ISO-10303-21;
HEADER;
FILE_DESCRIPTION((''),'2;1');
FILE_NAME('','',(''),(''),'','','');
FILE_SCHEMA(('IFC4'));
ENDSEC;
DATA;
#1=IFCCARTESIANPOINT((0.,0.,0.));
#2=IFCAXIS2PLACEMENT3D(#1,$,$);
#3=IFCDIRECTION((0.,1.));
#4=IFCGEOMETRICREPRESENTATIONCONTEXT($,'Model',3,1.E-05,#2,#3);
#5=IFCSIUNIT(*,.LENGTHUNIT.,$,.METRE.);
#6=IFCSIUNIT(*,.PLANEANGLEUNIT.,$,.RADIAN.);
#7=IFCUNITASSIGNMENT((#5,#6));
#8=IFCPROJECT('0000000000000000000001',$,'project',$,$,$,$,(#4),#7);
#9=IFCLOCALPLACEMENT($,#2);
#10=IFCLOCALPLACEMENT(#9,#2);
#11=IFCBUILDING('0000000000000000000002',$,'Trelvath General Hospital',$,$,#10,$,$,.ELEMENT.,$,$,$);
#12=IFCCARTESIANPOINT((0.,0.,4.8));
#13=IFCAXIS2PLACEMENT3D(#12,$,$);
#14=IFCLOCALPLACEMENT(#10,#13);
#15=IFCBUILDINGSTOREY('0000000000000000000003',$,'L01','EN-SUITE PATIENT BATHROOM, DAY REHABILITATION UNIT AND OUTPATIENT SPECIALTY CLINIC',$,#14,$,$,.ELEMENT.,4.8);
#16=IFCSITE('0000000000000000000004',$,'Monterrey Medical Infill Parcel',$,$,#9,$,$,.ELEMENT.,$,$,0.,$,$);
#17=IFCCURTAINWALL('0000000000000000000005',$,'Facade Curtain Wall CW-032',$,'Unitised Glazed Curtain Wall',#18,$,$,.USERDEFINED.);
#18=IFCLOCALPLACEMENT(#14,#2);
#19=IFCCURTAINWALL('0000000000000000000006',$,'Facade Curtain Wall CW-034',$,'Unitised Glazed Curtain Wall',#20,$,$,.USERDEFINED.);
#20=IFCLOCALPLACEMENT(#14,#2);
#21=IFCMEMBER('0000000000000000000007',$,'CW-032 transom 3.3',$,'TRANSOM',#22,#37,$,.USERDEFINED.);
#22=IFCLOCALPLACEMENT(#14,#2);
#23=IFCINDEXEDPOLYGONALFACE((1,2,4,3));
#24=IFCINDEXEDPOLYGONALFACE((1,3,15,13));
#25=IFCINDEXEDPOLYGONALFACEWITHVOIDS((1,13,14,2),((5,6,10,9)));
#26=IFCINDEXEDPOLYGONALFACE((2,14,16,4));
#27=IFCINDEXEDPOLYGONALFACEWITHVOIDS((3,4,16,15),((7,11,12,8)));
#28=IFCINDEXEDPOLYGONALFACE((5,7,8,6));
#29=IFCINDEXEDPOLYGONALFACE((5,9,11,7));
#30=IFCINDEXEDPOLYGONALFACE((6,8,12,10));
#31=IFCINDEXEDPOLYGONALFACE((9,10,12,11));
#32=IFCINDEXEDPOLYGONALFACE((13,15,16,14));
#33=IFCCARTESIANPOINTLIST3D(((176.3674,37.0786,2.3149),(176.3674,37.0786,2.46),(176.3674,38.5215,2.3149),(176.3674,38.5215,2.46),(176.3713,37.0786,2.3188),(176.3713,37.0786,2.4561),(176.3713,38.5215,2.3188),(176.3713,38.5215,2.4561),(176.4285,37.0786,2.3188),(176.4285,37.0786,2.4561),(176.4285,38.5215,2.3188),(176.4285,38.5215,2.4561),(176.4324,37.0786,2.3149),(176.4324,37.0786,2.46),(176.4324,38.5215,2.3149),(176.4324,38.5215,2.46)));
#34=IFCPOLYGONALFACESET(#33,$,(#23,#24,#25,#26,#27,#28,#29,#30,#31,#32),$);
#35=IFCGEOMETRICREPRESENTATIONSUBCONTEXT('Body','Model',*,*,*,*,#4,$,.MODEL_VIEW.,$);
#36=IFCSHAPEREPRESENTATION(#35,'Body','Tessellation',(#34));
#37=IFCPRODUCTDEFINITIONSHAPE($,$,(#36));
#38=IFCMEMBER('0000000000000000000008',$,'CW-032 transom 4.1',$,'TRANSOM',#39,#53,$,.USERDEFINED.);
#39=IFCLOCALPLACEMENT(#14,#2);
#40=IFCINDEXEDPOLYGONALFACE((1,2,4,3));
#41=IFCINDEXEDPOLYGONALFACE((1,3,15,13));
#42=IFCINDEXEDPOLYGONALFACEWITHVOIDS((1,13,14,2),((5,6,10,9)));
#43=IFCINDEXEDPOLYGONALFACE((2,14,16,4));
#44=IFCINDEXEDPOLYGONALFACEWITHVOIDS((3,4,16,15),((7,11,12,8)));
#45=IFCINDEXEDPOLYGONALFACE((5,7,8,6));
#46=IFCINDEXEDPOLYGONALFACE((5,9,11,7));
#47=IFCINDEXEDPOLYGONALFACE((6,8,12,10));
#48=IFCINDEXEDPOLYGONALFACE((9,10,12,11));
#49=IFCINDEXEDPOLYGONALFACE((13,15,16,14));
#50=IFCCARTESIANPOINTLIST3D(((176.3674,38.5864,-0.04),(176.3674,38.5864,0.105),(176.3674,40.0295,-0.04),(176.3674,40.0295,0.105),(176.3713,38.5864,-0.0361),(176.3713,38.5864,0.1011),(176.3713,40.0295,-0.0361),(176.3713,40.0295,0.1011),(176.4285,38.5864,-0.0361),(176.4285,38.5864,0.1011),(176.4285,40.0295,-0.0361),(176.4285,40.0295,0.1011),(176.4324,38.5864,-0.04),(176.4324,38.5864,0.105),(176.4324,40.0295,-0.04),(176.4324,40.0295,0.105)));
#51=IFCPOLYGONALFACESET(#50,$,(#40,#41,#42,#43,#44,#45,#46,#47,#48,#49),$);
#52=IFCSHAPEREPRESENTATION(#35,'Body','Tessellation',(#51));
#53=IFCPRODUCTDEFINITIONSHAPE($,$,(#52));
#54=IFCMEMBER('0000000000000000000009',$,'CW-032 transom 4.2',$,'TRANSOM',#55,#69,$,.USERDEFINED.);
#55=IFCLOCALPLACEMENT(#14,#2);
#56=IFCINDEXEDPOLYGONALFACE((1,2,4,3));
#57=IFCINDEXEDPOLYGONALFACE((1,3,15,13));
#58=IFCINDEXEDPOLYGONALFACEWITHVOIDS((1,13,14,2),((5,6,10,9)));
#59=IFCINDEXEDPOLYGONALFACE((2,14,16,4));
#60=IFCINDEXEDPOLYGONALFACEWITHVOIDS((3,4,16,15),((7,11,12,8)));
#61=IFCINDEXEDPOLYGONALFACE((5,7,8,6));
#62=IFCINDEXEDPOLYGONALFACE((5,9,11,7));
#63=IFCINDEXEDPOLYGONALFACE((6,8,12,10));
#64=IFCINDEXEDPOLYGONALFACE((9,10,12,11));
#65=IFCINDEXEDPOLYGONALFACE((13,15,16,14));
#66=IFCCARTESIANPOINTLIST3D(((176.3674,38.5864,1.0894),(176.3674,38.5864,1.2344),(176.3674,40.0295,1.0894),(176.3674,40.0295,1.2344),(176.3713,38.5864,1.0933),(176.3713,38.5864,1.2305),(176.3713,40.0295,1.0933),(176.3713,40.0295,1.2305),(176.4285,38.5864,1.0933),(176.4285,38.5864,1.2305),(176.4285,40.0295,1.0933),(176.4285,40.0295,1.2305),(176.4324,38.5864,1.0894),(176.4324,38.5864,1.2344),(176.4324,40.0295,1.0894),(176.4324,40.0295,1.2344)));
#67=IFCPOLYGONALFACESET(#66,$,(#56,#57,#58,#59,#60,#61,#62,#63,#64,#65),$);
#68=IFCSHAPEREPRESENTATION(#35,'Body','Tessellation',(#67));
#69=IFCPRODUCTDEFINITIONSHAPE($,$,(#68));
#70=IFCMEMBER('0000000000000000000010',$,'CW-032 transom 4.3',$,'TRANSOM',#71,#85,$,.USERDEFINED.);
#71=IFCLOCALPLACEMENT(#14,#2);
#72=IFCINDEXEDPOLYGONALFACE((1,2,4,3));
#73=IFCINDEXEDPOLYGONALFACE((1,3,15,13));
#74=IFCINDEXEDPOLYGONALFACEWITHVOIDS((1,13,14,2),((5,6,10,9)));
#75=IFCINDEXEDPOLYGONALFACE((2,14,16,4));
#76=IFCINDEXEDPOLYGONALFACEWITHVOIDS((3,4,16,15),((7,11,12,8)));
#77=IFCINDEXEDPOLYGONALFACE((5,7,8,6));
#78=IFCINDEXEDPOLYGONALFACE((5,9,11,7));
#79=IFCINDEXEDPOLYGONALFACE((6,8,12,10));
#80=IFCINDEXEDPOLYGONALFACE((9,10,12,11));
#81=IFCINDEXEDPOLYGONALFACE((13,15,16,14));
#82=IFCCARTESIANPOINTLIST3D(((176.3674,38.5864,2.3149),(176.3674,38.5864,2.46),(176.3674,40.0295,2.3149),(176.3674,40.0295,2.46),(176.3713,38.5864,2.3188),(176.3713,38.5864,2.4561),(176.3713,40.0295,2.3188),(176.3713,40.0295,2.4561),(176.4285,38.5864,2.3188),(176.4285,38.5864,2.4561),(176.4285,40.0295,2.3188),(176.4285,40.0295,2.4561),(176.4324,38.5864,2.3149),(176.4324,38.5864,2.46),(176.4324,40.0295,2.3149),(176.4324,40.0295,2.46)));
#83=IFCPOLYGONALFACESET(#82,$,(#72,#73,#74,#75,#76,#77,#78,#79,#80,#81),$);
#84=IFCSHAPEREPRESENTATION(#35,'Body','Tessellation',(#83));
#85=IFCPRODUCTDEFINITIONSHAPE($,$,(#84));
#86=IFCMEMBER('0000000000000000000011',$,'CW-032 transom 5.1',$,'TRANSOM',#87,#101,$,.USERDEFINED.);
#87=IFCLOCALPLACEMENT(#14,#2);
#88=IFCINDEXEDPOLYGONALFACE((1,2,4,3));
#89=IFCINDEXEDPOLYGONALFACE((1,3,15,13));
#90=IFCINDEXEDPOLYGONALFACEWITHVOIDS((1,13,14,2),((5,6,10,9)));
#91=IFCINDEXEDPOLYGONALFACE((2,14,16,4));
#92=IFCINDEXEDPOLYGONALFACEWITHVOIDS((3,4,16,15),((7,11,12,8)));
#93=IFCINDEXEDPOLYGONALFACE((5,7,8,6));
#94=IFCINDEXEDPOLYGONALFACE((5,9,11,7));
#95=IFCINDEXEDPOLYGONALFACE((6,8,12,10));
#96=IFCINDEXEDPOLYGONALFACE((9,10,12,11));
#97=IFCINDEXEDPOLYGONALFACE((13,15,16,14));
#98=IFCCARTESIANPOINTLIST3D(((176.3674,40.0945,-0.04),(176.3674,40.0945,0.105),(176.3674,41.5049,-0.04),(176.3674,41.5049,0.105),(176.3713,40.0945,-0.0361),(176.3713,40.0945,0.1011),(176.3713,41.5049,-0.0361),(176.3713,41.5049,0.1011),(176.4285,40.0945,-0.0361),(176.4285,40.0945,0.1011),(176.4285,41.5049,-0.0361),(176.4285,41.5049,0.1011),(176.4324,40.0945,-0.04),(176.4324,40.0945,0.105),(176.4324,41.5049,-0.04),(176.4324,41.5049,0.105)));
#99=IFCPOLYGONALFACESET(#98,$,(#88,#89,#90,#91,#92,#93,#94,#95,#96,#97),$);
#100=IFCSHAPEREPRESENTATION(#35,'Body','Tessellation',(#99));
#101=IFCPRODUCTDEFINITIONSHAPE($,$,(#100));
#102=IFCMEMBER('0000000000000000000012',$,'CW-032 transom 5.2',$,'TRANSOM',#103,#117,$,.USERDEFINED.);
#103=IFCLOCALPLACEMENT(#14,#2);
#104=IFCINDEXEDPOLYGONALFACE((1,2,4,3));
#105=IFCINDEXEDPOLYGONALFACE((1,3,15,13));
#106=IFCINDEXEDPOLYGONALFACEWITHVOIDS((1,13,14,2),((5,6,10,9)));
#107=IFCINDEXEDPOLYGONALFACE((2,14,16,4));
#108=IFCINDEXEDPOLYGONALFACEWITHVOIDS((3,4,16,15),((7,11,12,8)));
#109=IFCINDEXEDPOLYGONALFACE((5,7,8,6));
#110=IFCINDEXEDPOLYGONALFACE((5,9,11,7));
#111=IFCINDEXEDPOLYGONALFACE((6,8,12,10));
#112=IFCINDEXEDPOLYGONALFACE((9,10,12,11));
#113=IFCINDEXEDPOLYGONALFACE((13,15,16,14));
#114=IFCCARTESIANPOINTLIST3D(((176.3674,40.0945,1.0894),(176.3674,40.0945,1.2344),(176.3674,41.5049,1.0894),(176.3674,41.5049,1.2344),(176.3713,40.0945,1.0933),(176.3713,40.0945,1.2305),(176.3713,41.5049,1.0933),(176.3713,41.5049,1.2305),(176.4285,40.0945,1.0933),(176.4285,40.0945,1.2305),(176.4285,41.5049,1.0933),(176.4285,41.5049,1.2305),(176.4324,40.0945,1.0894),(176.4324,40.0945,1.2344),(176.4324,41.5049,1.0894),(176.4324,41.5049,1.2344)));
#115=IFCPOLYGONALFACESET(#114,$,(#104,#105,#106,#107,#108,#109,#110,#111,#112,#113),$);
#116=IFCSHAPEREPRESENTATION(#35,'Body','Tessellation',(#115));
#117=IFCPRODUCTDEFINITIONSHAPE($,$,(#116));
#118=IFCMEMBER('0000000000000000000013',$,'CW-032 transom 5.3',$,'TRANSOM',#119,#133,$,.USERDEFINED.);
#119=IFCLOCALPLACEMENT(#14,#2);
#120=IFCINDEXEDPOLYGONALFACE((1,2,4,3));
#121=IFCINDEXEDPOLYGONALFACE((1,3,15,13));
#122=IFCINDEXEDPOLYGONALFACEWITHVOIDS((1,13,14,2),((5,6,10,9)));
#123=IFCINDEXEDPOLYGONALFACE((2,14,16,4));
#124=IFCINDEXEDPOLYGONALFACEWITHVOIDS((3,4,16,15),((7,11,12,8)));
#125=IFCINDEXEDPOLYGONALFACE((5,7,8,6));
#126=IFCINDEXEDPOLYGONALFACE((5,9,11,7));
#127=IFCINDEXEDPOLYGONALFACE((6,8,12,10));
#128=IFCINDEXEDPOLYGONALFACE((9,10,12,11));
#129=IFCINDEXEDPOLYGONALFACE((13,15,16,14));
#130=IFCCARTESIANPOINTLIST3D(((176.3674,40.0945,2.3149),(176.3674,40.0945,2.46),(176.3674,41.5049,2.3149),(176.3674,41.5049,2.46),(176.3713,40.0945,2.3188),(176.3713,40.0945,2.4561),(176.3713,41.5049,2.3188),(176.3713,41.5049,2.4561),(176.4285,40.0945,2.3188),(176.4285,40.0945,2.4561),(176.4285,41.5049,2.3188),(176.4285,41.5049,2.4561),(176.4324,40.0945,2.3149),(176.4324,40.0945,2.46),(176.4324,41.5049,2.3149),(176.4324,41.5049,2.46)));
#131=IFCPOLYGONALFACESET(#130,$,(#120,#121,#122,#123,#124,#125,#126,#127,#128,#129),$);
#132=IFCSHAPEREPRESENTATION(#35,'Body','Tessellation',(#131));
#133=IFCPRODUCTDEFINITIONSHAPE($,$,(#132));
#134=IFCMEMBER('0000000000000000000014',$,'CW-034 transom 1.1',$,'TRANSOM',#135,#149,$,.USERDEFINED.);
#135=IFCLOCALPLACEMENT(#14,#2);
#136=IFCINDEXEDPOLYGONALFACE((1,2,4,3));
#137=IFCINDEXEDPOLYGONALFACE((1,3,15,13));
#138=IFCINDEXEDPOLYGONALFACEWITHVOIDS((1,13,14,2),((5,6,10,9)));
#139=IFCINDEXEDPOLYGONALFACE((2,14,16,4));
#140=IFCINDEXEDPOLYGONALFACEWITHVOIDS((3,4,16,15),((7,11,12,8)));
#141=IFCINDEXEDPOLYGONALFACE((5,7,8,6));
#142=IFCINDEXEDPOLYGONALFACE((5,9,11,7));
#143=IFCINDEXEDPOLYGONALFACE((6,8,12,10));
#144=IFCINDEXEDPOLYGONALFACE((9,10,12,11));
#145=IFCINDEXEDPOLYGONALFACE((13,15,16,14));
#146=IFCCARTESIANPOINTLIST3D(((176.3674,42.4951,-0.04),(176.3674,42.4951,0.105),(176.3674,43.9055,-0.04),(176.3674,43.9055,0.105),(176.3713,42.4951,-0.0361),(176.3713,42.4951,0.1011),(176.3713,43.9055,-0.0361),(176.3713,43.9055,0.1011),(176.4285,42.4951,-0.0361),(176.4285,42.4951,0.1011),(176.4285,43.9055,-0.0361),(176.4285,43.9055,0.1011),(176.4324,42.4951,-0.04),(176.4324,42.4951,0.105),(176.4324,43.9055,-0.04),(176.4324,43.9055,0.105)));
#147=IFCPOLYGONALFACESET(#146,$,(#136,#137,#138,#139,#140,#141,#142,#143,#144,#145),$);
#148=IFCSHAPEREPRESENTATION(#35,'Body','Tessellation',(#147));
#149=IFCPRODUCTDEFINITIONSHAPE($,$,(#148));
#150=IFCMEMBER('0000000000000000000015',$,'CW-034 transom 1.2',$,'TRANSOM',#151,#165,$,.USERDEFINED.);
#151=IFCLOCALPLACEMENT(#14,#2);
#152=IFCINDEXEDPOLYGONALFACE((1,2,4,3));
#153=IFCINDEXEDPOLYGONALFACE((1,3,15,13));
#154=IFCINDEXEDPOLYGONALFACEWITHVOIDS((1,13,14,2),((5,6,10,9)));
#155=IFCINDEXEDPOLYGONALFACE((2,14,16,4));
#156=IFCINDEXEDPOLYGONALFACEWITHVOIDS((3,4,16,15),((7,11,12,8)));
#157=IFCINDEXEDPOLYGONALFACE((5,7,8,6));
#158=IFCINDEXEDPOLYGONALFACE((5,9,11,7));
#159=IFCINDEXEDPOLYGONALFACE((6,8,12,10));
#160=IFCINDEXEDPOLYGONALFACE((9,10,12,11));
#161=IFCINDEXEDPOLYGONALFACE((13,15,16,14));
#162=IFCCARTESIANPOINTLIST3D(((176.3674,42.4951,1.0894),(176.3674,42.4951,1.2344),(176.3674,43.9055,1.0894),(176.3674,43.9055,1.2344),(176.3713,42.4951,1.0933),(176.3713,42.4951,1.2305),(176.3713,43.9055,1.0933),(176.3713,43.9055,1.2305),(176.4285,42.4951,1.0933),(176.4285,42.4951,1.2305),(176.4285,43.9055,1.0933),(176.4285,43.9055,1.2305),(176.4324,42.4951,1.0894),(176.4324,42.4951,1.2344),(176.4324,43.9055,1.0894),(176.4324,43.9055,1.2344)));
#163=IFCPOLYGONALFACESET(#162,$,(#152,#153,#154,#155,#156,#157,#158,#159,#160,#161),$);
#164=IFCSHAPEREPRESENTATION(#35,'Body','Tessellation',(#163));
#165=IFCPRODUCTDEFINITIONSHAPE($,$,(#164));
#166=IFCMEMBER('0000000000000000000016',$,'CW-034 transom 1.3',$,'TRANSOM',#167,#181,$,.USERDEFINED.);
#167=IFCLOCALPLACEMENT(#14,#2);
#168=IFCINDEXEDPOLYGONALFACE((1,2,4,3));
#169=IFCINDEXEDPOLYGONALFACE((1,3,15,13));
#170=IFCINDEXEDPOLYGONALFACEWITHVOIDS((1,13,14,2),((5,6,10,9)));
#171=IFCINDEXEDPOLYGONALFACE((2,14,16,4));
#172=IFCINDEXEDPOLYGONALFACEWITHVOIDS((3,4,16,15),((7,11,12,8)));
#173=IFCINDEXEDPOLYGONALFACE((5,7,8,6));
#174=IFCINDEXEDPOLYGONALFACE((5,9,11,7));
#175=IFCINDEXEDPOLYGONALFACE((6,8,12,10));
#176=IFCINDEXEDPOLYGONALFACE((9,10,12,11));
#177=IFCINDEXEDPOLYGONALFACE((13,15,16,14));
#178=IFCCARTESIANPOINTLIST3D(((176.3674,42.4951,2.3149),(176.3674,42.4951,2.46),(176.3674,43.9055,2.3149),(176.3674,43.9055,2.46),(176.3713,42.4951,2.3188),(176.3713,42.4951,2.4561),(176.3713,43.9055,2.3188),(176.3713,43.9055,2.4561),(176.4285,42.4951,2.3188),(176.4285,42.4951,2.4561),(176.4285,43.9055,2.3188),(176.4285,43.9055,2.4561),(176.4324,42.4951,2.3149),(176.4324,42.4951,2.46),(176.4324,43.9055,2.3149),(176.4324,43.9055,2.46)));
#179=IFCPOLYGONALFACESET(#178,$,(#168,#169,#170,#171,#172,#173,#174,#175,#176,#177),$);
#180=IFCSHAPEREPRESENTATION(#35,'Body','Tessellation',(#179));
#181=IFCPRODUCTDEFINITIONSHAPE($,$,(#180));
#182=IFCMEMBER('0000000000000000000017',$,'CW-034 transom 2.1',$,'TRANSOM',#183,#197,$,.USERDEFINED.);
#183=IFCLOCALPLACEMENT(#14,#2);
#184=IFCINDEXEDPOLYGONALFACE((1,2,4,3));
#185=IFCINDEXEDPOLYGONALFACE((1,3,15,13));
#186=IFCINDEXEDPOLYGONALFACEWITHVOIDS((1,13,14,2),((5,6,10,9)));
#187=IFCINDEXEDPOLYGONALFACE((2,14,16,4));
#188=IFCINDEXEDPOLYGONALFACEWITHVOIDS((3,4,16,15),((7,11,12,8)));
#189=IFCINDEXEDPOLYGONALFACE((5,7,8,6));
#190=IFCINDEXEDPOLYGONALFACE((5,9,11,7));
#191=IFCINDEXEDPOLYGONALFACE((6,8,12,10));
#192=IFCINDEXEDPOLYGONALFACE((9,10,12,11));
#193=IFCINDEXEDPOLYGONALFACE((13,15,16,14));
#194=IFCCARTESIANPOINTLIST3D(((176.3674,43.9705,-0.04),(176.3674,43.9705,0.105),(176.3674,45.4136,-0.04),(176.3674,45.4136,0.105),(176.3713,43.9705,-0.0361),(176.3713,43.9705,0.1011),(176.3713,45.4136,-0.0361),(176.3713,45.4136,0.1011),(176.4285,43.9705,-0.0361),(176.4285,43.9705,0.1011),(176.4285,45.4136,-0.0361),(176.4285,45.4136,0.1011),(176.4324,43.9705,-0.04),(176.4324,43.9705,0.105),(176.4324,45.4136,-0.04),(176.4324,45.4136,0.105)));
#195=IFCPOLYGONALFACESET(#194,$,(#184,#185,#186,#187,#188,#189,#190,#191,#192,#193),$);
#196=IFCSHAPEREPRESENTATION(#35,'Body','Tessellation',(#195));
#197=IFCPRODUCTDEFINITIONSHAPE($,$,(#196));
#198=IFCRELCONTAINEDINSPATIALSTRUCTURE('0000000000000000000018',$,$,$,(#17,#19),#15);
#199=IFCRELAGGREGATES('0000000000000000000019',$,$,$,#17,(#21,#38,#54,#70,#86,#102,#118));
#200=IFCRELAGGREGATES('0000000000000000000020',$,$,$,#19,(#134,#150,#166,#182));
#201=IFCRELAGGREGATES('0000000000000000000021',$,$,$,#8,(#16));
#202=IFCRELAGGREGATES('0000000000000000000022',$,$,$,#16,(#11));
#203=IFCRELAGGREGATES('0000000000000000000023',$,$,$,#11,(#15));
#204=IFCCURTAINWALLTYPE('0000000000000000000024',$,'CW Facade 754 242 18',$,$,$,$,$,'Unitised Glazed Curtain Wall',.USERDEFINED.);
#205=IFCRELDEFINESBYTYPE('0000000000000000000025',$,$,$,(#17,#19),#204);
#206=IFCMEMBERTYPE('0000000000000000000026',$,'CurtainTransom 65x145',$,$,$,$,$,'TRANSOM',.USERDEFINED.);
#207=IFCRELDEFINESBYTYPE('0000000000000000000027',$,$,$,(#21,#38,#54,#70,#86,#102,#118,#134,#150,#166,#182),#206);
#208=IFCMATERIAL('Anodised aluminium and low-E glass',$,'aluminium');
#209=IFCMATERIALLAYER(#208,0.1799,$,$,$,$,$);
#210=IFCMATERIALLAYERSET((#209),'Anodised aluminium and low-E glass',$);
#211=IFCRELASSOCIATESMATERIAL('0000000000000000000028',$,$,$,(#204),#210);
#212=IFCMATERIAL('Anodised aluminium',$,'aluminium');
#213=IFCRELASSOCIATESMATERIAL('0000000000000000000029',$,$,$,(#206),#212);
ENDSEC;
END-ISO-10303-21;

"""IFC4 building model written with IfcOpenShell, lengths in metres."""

from ifc_helpers import new_model, si_unit, direction, frame, origin, origin_2d, place, context, subcontext, project, spatial, hollow_rectangle, extrude, material, layer, layer_set, material_profile, profile_set, type_object, element, aggregate, save


model = new_model("IFC4")

# Units and contexts
model_context = context("Model", 3, precision=1e-05, world=origin(), true_north=direction((0.0, 1.0)))
body_context = subcontext(model_context, "Body", "Model", "MODEL_VIEW")
ifc_project = project(units=[si_unit("LENGTHUNIT", "METRE"), si_unit("PLANEANGLEUNIT", "RADIAN")], contexts=[model_context])

# Site, building, storey
site_placement = place(None, origin())
site = spatial("IfcSite", under=ifc_project, at=site_placement, Name="Monterrey Medical Infill Parcel", CompositionType="ELEMENT", RefElevation=0.0)
building_placement = place(site_placement, origin())
building = spatial("IfcBuilding", under=site, at=building_placement, Name="Trelvath General Hospital", CompositionType="ELEMENT")
storey_placement = place(building_placement, frame((0.0, 0.0, 4.8)))
storey = spatial("IfcBuildingStorey", under=building, at=storey_placement, Name="L01", Description="EN-SUITE PATIENT BATHROOM, DAY REHABILITATION UNIT AND OUTPATIENT SPECIALTY CLINIC", CompositionType="ELEMENT", Elevation=4.8)

# Curtain walls
ifc_material_1 = material(Name="Anodised aluminium and low-E glass", Category="aluminium")
ifc_layer_1 = layer(ifc_material_1, 0.1799)
ifc_layer_set_1 = layer_set([ifc_layer_1], Name="Anodised aluminium and low-E glass")
curtain_wall_type = type_object("IfcCurtainWallType", Name="CW Facade 754 242 18", ElementType="Unitised Glazed Curtain Wall", PredefinedType="USERDEFINED", material=ifc_layer_set_1)
curtain_wall_1_placement = place(storey_placement, origin())
curtain_wall_1 = element("IfcCurtainWall", 1, at=curtain_wall_1_placement, inside=storey, type_object=curtain_wall_type, Name="Facade Curtain Wall CW-032", ObjectType="Unitised Glazed Curtain Wall", PredefinedType="USERDEFINED")
curtain_wall_2_placement = place(storey_placement, origin())
curtain_wall_2 = element("IfcCurtainWall", 2, at=curtain_wall_2_placement, inside=storey, type_object=curtain_wall_type, Name="Facade Curtain Wall CW-034", ObjectType="Unitised Glazed Curtain Wall", PredefinedType="USERDEFINED")

# Members
ifc_material_2 = material(Name="Anodised aluminium", Category="aluminium")
ifc_material_profile_1 = material_profile(ifc_material_2, hollow_rectangle(XDim=0.0649, YDim=0.145, WallThickness=0.0039, at=origin_2d()), Name="RHS65x145x4")
ifc_profile_set_1 = profile_set([ifc_material_profile_1], Name="Anodised aluminium")
member_type_1 = type_object("IfcMemberType", Name="CurtainTransom 65x145", ElementType="TRANSOM", PredefinedType="USERDEFINED", material=ifc_profile_set_1)
member_1_placement = place(storey_placement, frame((176.3999, 37.0786, 2.3875), z_axis=(0.0, 1.0, 0.0), x_axis=(-1.0, 0.0, 0.0)))
member_1 = element("IfcMember", 3, at=member_1_placement, type_object=member_type_1, Name="CW-032 transom 3.3", ObjectType="TRANSOM", PredefinedType="USERDEFINED", context=body_context, shape_type="SweptSolid", body=[
    extrude(hollow_rectangle(XDim=0.0649, YDim=0.145, WallThickness=0.0039, at=origin_2d()), origin(), (0.0, 0.0, 1.0), 1.4429),
])
member_2_placement = place(storey_placement, frame((176.3999, 38.5864, 0.0325), z_axis=(0.0, 1.0, 0.0), x_axis=(-1.0, 0.0, 0.0)))
member_2 = element("IfcMember", 4, at=member_2_placement, type_object=member_type_1, Name="CW-032 transom 4.1", ObjectType="TRANSOM", PredefinedType="USERDEFINED", context=body_context, shape_type="SweptSolid", body=[
    extrude(hollow_rectangle(XDim=0.0649, YDim=0.145, WallThickness=0.0039, at=origin_2d()), origin(), (0.0, 0.0, 1.0), 1.4431),
])
member_3_placement = place(storey_placement, frame((176.3999, 38.5864, 1.1619), z_axis=(0.0, 1.0, 0.0), x_axis=(-1.0, 0.0, 0.0)))
member_3 = element("IfcMember", 5, at=member_3_placement, type_object=member_type_1, Name="CW-032 transom 4.2", ObjectType="TRANSOM", PredefinedType="USERDEFINED", context=body_context, shape_type="SweptSolid", body=[
    extrude(hollow_rectangle(XDim=0.0649, YDim=0.145, WallThickness=0.0039, at=origin_2d()), origin(), (0.0, 0.0, 1.0), 1.4431),
])
member_4_placement = place(storey_placement, frame((176.3999, 38.5864, 2.3875), z_axis=(0.0, 1.0, 0.0), x_axis=(-1.0, 0.0, 0.0)))
member_4 = element("IfcMember", 6, at=member_4_placement, type_object=member_type_1, Name="CW-032 transom 4.3", ObjectType="TRANSOM", PredefinedType="USERDEFINED", context=body_context, shape_type="SweptSolid", body=[
    extrude(hollow_rectangle(XDim=0.0649, YDim=0.145, WallThickness=0.0039, at=origin_2d()), origin(), (0.0, 0.0, 1.0), 1.4431),
])
member_5_placement = place(storey_placement, frame((176.3999, 40.0945, 0.0325), z_axis=(0.0, 1.0, 0.0), x_axis=(-1.0, 0.0, 0.0)))
member_5 = element("IfcMember", 7, at=member_5_placement, type_object=member_type_1, Name="CW-032 transom 5.1", ObjectType="TRANSOM", PredefinedType="USERDEFINED", context=body_context, shape_type="SweptSolid", body=[
    extrude(hollow_rectangle(XDim=0.0649, YDim=0.145, WallThickness=0.0039, at=origin_2d()), origin(), (0.0, 0.0, 1.0), 1.4104),
])
member_6_placement = place(storey_placement, frame((176.3999, 40.0945, 1.1619), z_axis=(0.0, 1.0, 0.0), x_axis=(-1.0, 0.0, 0.0)))
member_6 = element("IfcMember", 8, at=member_6_placement, type_object=member_type_1, Name="CW-032 transom 5.2", ObjectType="TRANSOM", PredefinedType="USERDEFINED", context=body_context, shape_type="SweptSolid", body=[
    extrude(hollow_rectangle(XDim=0.0649, YDim=0.145, WallThickness=0.0039, at=origin_2d()), origin(), (0.0, 0.0, 1.0), 1.4104),
])
member_7_placement = place(storey_placement, frame((176.3999, 40.0945, 2.3875), z_axis=(0.0, 1.0, 0.0), x_axis=(-1.0, 0.0, 0.0)))
member_7 = element("IfcMember", 9, at=member_7_placement, type_object=member_type_1, Name="CW-032 transom 5.3", ObjectType="TRANSOM", PredefinedType="USERDEFINED", context=body_context, shape_type="SweptSolid", body=[
    extrude(hollow_rectangle(XDim=0.0649, YDim=0.145, WallThickness=0.0039, at=origin_2d()), origin(), (0.0, 0.0, 1.0), 1.4104),
])
member_8_placement = place(storey_placement, frame((176.3999, 42.4951, 0.0325), z_axis=(0.0, 1.0, 0.0), x_axis=(-1.0, 0.0, 0.0)))
member_8 = element("IfcMember", 10, at=member_8_placement, type_object=member_type_1, Name="CW-034 transom 1.1", ObjectType="TRANSOM", PredefinedType="USERDEFINED", context=body_context, shape_type="SweptSolid", body=[
    extrude(hollow_rectangle(XDim=0.0649, YDim=0.145, WallThickness=0.0039, at=origin_2d()), origin(), (0.0, 0.0, 1.0), 1.4104),
])
member_9_placement = place(storey_placement, frame((176.3999, 42.4951, 1.1619), z_axis=(0.0, 1.0, 0.0), x_axis=(-1.0, 0.0, 0.0)))
member_9 = element("IfcMember", 11, at=member_9_placement, type_object=member_type_1, Name="CW-034 transom 1.2", ObjectType="TRANSOM", PredefinedType="USERDEFINED", context=body_context, shape_type="SweptSolid", body=[
    extrude(hollow_rectangle(XDim=0.0649, YDim=0.145, WallThickness=0.0039, at=origin_2d()), origin(), (0.0, 0.0, 1.0), 1.4104),
])
member_10_placement = place(storey_placement, frame((176.3999, 42.4951, 2.3875), z_axis=(0.0, 1.0, 0.0), x_axis=(-1.0, 0.0, 0.0)))
member_10 = element("IfcMember", 12, at=member_10_placement, type_object=member_type_1, Name="CW-034 transom 1.3", ObjectType="TRANSOM", PredefinedType="USERDEFINED", context=body_context, shape_type="SweptSolid", body=[
    extrude(hollow_rectangle(XDim=0.0649, YDim=0.145, WallThickness=0.0039, at=origin_2d()), origin(), (0.0, 0.0, 1.0), 1.4104),
])
member_11_placement = place(storey_placement, frame((176.3999, 43.9705, 0.0325), z_axis=(0.0, 1.0, 0.0), x_axis=(-1.0, 0.0, 0.0)))
member_11 = element("IfcMember", 13, at=member_11_placement, type_object=member_type_1, Name="CW-034 transom 2.1", ObjectType="TRANSOM", PredefinedType="USERDEFINED", context=body_context, shape_type="SweptSolid", body=[
    extrude(hollow_rectangle(XDim=0.0649, YDim=0.145, WallThickness=0.0039, at=origin_2d()), origin(), (0.0, 0.0, 1.0), 1.4431),
])

aggregate(curtain_wall_1, [member_1, member_2, member_3, member_4, member_5, member_6, member_7])
aggregate(curtain_wall_2, [member_8, member_9, member_10, member_11])

save(model, "model.ifc")
